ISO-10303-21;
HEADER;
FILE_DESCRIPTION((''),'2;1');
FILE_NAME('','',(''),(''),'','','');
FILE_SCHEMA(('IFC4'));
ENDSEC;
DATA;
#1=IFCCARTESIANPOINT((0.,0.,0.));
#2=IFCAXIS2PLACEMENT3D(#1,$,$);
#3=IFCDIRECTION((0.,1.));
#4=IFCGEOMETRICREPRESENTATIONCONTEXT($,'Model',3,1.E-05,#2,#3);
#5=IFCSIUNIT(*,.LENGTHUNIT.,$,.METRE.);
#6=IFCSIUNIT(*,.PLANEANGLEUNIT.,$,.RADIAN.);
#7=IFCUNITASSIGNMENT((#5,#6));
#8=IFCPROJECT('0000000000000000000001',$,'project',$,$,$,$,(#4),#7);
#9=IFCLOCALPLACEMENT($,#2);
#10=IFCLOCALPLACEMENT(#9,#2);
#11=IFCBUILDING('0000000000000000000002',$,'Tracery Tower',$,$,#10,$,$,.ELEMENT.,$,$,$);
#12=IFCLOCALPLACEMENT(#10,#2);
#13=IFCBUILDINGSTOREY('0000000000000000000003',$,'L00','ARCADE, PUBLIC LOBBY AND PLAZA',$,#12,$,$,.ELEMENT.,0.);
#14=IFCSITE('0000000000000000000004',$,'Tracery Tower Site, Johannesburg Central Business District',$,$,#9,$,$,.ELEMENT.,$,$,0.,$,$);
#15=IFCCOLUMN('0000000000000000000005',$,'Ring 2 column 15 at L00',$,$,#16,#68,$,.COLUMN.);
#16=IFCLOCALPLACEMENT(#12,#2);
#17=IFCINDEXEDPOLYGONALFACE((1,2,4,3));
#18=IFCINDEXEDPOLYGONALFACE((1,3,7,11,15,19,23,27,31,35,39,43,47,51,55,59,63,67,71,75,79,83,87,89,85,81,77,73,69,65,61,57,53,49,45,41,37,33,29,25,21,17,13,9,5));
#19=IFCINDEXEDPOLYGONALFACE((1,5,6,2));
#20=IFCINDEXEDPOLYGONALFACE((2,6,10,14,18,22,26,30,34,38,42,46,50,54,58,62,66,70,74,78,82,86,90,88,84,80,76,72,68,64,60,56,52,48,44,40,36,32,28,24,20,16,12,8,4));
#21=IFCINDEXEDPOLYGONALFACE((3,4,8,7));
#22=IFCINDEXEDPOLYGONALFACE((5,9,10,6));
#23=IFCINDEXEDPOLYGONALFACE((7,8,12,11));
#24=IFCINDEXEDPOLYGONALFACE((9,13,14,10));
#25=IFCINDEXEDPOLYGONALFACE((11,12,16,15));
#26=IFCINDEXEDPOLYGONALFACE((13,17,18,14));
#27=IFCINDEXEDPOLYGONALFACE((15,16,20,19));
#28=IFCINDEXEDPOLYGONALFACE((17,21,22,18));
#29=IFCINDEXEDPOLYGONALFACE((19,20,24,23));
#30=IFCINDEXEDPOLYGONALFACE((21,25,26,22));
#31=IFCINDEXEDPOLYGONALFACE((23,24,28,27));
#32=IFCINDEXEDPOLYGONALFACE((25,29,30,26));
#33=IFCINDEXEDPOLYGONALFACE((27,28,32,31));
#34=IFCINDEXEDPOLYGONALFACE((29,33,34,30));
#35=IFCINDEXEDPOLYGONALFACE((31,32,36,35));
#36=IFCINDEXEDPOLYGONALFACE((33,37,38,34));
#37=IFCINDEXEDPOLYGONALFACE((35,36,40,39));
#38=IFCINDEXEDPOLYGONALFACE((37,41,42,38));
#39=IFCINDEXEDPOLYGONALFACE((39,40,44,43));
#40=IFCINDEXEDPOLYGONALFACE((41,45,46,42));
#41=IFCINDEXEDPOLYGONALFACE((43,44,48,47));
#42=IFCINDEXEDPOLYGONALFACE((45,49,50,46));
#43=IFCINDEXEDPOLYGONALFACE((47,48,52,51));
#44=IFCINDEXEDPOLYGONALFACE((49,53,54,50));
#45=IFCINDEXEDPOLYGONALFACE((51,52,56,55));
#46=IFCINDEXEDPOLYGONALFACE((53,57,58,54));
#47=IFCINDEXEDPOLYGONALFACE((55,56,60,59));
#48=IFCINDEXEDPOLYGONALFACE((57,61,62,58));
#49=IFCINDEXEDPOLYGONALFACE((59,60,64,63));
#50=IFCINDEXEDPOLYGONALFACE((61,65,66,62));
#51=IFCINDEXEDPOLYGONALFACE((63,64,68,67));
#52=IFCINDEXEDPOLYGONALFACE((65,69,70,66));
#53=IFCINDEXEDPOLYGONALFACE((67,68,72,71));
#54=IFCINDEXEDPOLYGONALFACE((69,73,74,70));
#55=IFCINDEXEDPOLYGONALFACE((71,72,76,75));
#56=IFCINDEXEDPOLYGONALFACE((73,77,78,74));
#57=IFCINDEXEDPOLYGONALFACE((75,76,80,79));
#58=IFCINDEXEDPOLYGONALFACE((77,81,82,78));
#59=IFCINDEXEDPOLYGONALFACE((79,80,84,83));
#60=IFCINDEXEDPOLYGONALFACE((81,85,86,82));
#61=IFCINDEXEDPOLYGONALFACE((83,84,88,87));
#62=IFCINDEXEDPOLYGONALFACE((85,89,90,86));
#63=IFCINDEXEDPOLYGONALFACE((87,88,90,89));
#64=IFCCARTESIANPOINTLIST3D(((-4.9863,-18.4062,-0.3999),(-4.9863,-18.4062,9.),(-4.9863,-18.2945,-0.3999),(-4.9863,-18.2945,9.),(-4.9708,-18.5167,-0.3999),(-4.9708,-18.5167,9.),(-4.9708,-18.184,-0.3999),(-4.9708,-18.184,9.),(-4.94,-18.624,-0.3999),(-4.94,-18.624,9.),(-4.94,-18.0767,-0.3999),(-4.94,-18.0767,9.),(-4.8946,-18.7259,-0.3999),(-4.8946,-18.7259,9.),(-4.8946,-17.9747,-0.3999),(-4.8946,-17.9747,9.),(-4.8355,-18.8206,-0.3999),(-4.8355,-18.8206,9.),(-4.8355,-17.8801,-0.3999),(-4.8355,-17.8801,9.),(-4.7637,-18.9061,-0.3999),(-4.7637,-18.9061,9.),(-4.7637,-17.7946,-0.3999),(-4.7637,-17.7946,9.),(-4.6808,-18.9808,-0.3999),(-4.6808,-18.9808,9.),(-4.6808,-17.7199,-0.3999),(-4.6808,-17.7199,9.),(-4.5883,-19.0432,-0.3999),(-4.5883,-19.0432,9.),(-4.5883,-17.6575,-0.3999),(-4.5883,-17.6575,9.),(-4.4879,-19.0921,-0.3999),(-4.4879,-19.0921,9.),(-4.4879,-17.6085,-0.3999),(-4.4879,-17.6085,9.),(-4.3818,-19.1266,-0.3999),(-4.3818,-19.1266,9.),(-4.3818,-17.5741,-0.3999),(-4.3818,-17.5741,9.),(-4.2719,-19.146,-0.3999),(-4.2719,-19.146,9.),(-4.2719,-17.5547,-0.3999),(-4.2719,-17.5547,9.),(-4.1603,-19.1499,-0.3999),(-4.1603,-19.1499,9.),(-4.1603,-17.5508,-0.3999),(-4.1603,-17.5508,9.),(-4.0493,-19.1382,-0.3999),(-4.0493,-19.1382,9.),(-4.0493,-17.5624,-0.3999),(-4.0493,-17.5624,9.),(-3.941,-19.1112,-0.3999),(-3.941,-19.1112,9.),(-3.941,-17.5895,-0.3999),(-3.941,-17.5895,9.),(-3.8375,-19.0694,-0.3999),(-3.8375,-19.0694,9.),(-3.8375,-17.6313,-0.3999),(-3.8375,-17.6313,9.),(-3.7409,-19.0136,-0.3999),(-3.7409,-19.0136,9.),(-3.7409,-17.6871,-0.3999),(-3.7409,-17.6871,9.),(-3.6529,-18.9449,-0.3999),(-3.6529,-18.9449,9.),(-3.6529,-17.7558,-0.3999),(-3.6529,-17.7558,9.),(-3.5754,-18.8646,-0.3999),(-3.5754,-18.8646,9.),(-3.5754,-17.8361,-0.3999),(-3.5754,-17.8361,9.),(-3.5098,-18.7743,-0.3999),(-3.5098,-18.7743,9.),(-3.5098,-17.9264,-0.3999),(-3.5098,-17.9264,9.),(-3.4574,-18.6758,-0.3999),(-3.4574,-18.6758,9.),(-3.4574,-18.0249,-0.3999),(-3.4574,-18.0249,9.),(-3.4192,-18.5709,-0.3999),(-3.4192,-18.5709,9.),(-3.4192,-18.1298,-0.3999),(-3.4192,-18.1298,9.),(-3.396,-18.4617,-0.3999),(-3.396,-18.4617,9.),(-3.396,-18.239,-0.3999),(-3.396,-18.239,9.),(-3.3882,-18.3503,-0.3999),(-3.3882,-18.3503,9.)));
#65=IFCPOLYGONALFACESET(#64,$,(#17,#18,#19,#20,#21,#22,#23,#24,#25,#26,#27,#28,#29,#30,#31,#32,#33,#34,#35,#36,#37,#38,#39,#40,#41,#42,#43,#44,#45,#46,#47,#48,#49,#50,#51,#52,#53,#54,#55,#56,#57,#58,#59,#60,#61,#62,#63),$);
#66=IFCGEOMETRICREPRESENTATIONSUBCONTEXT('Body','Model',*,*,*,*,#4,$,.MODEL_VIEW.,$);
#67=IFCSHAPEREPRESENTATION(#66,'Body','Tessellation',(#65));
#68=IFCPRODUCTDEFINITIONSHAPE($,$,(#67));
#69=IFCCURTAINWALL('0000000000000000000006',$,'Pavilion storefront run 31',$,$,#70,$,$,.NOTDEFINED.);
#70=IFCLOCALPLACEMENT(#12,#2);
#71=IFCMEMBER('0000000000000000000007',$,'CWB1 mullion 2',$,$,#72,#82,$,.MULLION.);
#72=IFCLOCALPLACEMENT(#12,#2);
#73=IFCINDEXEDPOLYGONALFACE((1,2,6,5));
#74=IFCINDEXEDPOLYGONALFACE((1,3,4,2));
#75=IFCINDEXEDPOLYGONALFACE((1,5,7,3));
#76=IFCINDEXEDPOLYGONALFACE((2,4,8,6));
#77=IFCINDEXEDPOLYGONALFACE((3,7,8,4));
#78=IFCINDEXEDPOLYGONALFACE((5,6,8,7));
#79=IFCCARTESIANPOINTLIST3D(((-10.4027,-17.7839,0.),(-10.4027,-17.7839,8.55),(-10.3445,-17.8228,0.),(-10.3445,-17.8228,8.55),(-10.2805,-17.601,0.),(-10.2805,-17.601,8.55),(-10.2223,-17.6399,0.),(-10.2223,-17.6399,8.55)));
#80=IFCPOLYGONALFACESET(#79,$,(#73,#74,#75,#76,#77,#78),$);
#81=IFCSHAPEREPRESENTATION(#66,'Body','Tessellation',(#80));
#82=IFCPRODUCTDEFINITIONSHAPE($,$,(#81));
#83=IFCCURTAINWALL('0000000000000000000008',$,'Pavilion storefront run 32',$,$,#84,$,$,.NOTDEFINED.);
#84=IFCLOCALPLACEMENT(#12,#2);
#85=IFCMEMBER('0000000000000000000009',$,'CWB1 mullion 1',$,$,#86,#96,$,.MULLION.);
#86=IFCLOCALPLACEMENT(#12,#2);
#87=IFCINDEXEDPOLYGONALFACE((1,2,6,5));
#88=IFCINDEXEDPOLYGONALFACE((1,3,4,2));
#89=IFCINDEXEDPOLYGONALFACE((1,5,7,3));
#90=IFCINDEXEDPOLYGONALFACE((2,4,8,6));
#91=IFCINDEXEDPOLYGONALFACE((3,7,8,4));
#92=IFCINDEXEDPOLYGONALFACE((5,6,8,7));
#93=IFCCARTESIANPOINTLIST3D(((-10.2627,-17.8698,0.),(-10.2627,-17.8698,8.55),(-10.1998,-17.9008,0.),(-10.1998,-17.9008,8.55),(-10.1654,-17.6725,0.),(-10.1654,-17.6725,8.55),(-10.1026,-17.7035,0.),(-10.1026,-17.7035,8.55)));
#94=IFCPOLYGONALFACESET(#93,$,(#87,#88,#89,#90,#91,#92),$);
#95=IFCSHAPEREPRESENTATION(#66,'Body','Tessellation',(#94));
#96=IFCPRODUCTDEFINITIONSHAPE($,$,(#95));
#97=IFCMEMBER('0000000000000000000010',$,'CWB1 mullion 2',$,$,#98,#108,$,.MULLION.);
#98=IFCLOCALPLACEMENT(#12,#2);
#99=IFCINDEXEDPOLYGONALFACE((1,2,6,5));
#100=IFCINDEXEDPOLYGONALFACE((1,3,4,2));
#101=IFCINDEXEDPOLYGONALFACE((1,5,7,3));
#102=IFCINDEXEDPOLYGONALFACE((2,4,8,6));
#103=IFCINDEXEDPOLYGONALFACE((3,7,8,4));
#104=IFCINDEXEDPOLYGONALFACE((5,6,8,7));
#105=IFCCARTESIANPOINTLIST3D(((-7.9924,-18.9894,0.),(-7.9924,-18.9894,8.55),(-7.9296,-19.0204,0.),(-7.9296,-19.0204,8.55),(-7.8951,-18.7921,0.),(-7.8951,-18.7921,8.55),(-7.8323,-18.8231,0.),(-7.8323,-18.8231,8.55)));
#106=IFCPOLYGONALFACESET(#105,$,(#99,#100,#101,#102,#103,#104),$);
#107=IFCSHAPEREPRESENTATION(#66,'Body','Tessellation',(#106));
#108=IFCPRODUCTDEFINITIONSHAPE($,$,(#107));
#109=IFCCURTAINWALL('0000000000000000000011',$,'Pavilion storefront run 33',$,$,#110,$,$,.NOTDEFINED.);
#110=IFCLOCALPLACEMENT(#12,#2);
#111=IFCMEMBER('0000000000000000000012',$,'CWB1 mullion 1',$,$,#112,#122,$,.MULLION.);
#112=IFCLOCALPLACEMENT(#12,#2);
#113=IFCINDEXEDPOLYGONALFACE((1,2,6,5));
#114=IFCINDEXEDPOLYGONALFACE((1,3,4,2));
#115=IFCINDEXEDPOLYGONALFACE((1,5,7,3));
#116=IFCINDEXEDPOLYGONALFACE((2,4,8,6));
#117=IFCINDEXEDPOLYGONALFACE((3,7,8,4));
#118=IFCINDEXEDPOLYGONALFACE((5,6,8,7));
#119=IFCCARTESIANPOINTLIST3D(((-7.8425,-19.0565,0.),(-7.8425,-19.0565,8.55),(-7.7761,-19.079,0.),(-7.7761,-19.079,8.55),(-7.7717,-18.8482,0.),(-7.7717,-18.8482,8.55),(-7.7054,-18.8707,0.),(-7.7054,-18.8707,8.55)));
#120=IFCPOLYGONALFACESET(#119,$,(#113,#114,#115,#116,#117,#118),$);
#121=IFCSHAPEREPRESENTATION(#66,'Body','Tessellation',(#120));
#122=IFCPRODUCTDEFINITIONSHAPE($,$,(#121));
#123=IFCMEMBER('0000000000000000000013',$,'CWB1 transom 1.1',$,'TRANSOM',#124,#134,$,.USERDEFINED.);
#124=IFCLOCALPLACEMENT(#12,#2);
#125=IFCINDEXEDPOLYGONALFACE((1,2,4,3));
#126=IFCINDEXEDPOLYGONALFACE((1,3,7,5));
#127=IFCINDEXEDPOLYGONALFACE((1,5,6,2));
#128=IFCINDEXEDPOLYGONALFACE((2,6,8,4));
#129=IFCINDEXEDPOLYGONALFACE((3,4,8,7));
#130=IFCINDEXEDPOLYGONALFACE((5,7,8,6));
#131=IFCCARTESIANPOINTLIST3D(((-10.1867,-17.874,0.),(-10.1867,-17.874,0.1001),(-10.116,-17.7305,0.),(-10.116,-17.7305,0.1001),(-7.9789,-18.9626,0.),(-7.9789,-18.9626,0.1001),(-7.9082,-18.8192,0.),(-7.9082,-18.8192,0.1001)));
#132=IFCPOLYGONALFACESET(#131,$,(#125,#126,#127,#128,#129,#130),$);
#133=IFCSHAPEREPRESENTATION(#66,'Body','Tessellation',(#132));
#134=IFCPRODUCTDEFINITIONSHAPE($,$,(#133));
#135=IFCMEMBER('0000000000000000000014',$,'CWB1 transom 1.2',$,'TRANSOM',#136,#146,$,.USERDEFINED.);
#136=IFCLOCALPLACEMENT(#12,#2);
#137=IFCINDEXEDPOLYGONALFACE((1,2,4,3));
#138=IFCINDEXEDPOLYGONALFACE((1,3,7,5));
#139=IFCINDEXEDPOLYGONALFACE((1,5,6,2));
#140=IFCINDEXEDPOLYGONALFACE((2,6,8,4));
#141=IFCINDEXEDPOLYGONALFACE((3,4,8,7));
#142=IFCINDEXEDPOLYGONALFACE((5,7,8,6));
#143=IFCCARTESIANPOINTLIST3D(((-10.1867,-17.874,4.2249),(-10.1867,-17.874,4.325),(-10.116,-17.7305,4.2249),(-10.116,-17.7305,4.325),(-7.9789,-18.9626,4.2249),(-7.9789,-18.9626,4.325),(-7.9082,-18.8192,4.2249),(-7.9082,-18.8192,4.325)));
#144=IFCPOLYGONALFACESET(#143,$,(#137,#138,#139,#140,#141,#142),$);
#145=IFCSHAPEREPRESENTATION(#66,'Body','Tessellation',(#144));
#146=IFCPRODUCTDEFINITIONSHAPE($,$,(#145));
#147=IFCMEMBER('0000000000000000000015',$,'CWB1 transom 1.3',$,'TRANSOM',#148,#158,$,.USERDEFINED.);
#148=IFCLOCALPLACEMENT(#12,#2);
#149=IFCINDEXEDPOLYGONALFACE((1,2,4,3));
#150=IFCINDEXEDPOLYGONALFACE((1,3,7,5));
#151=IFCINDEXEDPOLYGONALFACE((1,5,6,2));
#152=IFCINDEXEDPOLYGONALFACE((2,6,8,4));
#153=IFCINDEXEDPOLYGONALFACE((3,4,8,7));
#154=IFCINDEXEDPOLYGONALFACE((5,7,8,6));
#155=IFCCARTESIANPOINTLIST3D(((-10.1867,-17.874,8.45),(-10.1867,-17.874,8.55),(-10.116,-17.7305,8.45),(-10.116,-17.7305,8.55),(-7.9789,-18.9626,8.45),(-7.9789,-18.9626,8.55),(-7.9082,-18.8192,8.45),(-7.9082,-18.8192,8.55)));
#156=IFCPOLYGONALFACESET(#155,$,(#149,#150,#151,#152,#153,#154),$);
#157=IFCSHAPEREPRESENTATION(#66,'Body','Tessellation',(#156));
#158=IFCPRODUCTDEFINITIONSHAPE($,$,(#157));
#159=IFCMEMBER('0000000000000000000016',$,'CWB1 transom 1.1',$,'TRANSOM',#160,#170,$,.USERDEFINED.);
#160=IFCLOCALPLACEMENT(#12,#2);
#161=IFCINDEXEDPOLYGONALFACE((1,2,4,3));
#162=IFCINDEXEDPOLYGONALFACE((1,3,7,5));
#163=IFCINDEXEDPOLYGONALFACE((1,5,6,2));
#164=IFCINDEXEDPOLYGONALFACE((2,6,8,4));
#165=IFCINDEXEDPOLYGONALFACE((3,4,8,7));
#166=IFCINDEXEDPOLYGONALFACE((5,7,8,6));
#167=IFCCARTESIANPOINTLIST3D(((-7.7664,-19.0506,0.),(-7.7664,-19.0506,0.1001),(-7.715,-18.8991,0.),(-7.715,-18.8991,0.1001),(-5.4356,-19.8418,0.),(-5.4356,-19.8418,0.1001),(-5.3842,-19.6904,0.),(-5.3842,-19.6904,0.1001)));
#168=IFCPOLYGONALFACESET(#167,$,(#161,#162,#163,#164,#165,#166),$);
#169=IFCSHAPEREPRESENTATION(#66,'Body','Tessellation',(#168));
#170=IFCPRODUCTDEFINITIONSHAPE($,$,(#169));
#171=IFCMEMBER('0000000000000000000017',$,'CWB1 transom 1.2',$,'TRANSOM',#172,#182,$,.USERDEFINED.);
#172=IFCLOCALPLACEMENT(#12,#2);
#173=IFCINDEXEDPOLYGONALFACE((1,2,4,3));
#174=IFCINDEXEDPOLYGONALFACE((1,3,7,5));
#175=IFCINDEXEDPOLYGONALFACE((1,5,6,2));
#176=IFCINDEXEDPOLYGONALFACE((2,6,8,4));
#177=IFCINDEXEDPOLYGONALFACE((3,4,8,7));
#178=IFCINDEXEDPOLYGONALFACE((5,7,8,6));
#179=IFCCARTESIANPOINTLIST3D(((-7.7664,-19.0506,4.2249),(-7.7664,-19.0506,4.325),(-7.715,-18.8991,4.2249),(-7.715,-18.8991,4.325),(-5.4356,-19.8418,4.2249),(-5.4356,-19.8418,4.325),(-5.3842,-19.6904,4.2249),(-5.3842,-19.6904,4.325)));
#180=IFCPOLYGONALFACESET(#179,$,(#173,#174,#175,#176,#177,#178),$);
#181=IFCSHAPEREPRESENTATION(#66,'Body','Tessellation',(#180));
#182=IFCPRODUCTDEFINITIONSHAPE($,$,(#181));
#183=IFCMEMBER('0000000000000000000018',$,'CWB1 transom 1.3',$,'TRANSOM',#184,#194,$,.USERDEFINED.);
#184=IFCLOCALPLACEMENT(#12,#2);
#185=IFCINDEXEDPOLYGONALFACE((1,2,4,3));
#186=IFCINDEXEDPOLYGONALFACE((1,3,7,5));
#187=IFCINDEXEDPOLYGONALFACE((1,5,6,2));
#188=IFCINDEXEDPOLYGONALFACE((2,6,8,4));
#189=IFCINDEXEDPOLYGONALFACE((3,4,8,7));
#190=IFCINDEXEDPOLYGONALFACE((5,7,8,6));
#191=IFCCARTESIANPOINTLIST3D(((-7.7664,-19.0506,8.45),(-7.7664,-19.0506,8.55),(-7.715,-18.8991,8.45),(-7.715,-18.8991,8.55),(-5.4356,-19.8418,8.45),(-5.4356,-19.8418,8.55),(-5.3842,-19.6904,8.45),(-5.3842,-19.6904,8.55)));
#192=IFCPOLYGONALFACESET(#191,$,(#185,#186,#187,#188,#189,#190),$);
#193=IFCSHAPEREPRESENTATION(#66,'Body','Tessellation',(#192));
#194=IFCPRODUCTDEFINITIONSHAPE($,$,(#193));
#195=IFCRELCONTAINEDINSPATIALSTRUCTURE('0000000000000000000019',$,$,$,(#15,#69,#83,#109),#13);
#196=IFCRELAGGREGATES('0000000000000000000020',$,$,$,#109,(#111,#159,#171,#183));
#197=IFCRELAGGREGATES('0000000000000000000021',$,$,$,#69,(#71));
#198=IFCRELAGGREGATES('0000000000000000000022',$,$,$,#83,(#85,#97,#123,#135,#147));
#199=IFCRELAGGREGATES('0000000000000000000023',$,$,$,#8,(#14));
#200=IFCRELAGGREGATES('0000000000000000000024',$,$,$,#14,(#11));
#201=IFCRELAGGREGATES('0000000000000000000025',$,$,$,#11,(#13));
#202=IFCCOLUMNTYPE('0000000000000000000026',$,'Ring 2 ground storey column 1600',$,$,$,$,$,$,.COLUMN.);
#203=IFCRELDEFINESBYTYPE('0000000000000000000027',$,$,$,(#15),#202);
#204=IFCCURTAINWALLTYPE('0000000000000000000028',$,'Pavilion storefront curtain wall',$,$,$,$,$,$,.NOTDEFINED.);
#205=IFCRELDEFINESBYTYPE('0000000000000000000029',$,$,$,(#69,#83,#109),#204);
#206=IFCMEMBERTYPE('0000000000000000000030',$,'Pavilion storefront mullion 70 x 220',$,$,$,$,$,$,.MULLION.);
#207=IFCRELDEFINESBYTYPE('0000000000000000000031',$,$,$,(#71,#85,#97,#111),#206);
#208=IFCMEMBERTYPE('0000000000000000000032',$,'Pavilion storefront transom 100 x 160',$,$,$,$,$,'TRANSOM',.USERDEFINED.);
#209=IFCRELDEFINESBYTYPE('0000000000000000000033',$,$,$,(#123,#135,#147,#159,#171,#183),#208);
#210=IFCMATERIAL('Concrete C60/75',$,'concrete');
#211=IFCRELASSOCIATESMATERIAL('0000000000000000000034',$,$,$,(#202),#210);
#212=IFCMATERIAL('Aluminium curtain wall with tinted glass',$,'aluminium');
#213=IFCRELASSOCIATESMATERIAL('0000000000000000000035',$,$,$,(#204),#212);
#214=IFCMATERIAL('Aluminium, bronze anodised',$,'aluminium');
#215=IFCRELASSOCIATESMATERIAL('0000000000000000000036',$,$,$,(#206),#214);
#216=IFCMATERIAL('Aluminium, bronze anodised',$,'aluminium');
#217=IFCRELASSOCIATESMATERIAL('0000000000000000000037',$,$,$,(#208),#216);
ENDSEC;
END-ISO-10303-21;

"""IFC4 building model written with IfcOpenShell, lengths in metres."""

from ifc_helpers import new_model, si_unit, direction, frame, origin, origin_2d, place, context, subcontext, project, spatial, rectangle, circle, extrude, material, material_profile, profile_set, type_object, element, aggregate, save


model = new_model("IFC4")

# Units and contexts
model_context = context("Model", 3, precision=1e-05, world=origin(), true_north=direction((0.0, 1.0)))
body_context = subcontext(model_context, "Body", "Model", "MODEL_VIEW")
ifc_project = project(units=[si_unit("LENGTHUNIT", "METRE"), si_unit("PLANEANGLEUNIT", "RADIAN")], contexts=[model_context])

# Site, building, storey
site_placement = place(None, origin())
site = spatial("IfcSite", under=ifc_project, at=site_placement, Name="Tracery Tower Site, Johannesburg Central Business District", CompositionType="ELEMENT", RefElevation=0.0)
building_placement = place(site_placement, origin())
building = spatial("IfcBuilding", under=site, at=building_placement, Name="Tracery Tower", CompositionType="ELEMENT")
storey_placement = place(building_placement, origin())
storey = spatial("IfcBuildingStorey", under=building, at=storey_placement, Name="L00", Description="ARCADE, PUBLIC LOBBY AND PLAZA", CompositionType="ELEMENT", Elevation=0.0)

# Column
ifc_material_1 = material(Name="Concrete C60/75", Category="concrete")
ifc_material_profile_1 = material_profile(ifc_material_1, circle(Radius=0.8, at=origin_2d()), Name="RC D1600")
ifc_profile_set_1 = profile_set([ifc_material_profile_1], Name="Concrete C60/75")
column_type = type_object("IfcColumnType", Name="Ring 2 ground storey column 1600", PredefinedType="COLUMN", material=ifc_profile_set_1)
for number, where, z_axis, x_axis, name in (
    (1, (-4.1882, -18.3503, -0.3999), (0.0, 0.0, 1.0), (1.0, 0.0, 0.0), "Ring 2 column 15 at L00"),
):
    element("IfcColumn", number, at=place(storey_placement, frame(where, z_axis=z_axis, x_axis=x_axis)), inside=storey, type_object=column_type, Name=name, PredefinedType="COLUMN", context=body_context, shape_type="SweptSolid", body=[
        extrude(circle(Radius=0.8, at=origin_2d()), origin(), (0.0, 0.0, 1.0), 9.3999),
    ])

# Curtain wall, member
ifc_material_2 = material(Name="Aluminium curtain wall with tinted glass", Category="aluminium")
curtain_wall_type = type_object("IfcCurtainWallType", Name="Pavilion storefront curtain wall", PredefinedType="NOTDEFINED", material=ifc_material_2)
curtain_wall_1_placement = place(storey_placement, origin())
curtain_wall_1 = element("IfcCurtainWall", 2, at=curtain_wall_1_placement, inside=storey, type_object=curtain_wall_type, Name="Pavilion storefront run 31", PredefinedType="NOTDEFINED")
ifc_material_3 = material(Name="Aluminium, bronze anodised", Category="aluminium")
ifc_material_profile_2 = material_profile(ifc_material_3, rectangle(XDim=0.22, YDim=0.0701, at=origin_2d()), Name="Pavilion storefront mullion 70 x 220")
ifc_profile_set_2 = profile_set([ifc_material_profile_2], Name="Aluminium, bronze anodised")
member_type_1 = type_object("IfcMemberType", Name="Pavilion storefront mullion 70 x 220", PredefinedType="MULLION", material=ifc_profile_set_2)
member_1_placement = place(storey_placement, frame((-10.3125, -17.7119, 0.0), z_axis=(0.0, 0.0, 1.0), x_axis=(0.55556, 0.831476, 0.0)))
member_1 = element("IfcMember", 3, at=member_1_placement, type_object=member_type_1, Name="CWB1 mullion 2", PredefinedType="MULLION", context=body_context, shape_type="SweptSolid", body=[
    extrude(rectangle(XDim=0.22, YDim=0.0701, at=origin_2d()), origin(), (0.0, 0.0, 1.0), 8.55),
])

# Curtain wall, members
curtain_wall_2_placement = place(storey_placement, origin())
curtain_wall_2 = element("IfcCurtainWall", 4, at=curtain_wall_2_placement, inside=storey, type_object=curtain_wall_type, Name="Pavilion storefront run 32", PredefinedType="NOTDEFINED")
member_2_placement = place(storey_placement, frame((-10.1826, -17.7866, 0.0), z_axis=(0.0, 0.0, 1.0), x_axis=(0.442287, 0.896874, 0.0)))
member_2 = element("IfcMember", 5, at=member_2_placement, type_object=member_type_1, Name="CWB1 mullion 1", PredefinedType="MULLION", context=body_context, shape_type="SweptSolid", body=[
    extrude(rectangle(XDim=0.22, YDim=0.0701, at=origin_2d()), origin(), (0.0, 0.0, 1.0), 8.55),
])
member_3_placement = place(storey_placement, frame((-7.9124, -18.9062, 0.0), z_axis=(0.0, 0.0, 1.0), x_axis=(0.442287, 0.896874, 0.0)))
member_3 = element("IfcMember", 6, at=member_3_placement, type_object=member_type_1, Name="CWB1 mullion 2", PredefinedType="MULLION", context=body_context, shape_type="SweptSolid", body=[
    extrude(rectangle(XDim=0.22, YDim=0.0701, at=origin_2d()), origin(), (0.0, 0.0, 1.0), 8.55),
])

# Curtain wall, member
curtain_wall_3_placement = place(storey_placement, origin())
curtain_wall_3 = element("IfcCurtainWall", 7, at=curtain_wall_3_placement, inside=storey, type_object=curtain_wall_type, Name="Pavilion storefront run 33", PredefinedType="NOTDEFINED")
member_4_placement = place(storey_placement, frame((-7.7739, -18.9636, 0.0), z_axis=(0.0, 0.0, 1.0), x_axis=(0.321435, 0.946931, 0.0)))
member_4 = element("IfcMember", 8, at=member_4_placement, type_object=member_type_1, Name="CWB1 mullion 1", PredefinedType="MULLION", context=body_context, shape_type="SweptSolid", body=[
    extrude(rectangle(XDim=0.22, YDim=0.0701, at=origin_2d()), origin(), (0.0, 0.0, 1.0), 8.55),
])

# Members
ifc_material_4 = material(Name="Aluminium, bronze anodised", Category="aluminium")
ifc_material_profile_3 = material_profile(ifc_material_4, rectangle(XDim=0.1599, YDim=0.1001, at=origin_2d()), Name="Pavilion storefront transom 100 x 160")
ifc_profile_set_3 = profile_set([ifc_material_profile_3], Name="Aluminium, bronze anodised")
member_type_2 = type_object("IfcMemberType", Name="Pavilion storefront transom 100 x 160", ElementType="TRANSOM", PredefinedType="USERDEFINED", material=ifc_profile_set_3)
member_5_placement = place(storey_placement, frame((-10.1514, -17.8022, 0.05), z_axis=(0.896893, -0.442248, 0.0), x_axis=(0.442248, 0.896893, 0.0)))
member_5 = element("IfcMember", 9, at=member_5_placement, type_object=member_type_2, Name="CWB1 transom 1.1", ObjectType="TRANSOM", PredefinedType="USERDEFINED", context=body_context, shape_type="SweptSolid", body=[
    extrude(rectangle(XDim=0.1599, YDim=0.1001, at=origin_2d()), origin(), (0.0, 0.0, 1.0), 2.4617),
])
member_6_placement = place(storey_placement, frame((-10.1514, -17.8022, 4.2749), z_axis=(0.896893, -0.442248, 0.0), x_axis=(0.442248, 0.896893, 0.0)))
member_6 = element("IfcMember", 10, at=member_6_placement, type_object=member_type_2, Name="CWB1 transom 1.2", ObjectType="TRANSOM", PredefinedType="USERDEFINED", context=body_context, shape_type="SweptSolid", body=[
    extrude(rectangle(XDim=0.1599, YDim=0.1001, at=origin_2d()), origin(), (0.0, 0.0, 1.0), 2.4617),
])
member_7_placement = place(storey_placement, frame((-10.1514, -17.8022, 8.5), z_axis=(0.896893, -0.442248, 0.0), x_axis=(0.442248, 0.896893, 0.0)))
member_7 = element("IfcMember", 11, at=member_7_placement, type_object=member_type_2, Name="CWB1 transom 1.3", ObjectType="TRANSOM", PredefinedType="USERDEFINED", context=body_context, shape_type="SweptSolid", body=[
    extrude(rectangle(XDim=0.1599, YDim=0.1001, at=origin_2d()), origin(), (0.0, 0.0, 1.0), 2.4617),
])
member_8_placement = place(storey_placement, frame((-7.7407, -18.9749, 0.05), z_axis=(0.946923, -0.32146, 0.0), x_axis=(0.32146, 0.946923, 0.0)))
member_8 = element("IfcMember", 12, at=member_8_placement, type_object=member_type_2, Name="CWB1 transom 1.1", ObjectType="TRANSOM", PredefinedType="USERDEFINED", context=body_context, shape_type="SweptSolid", body=[
    extrude(rectangle(XDim=0.1599, YDim=0.1001, at=origin_2d()), origin(), (0.0, 0.0, 1.0), 2.4614),
])
member_9_placement = place(storey_placement, frame((-7.7407, -18.9749, 4.2749), z_axis=(0.946923, -0.32146, 0.0), x_axis=(0.32146, 0.946923, 0.0)))
member_9 = element("IfcMember", 13, at=member_9_placement, type_object=member_type_2, Name="CWB1 transom 1.2", ObjectType="TRANSOM", PredefinedType="USERDEFINED", context=body_context, shape_type="SweptSolid", body=[
    extrude(rectangle(XDim=0.1599, YDim=0.1001, at=origin_2d()), origin(), (0.0, 0.0, 1.0), 2.4614),
])
member_10_placement = place(storey_placement, frame((-7.7407, -18.9749, 8.5), z_axis=(0.946923, -0.32146, 0.0), x_axis=(0.32146, 0.946923, 0.0)))
member_10 = element("IfcMember", 14, at=member_10_placement, type_object=member_type_2, Name="CWB1 transom 1.3", ObjectType="TRANSOM", PredefinedType="USERDEFINED", context=body_context, shape_type="SweptSolid", body=[
    extrude(rectangle(XDim=0.1599, YDim=0.1001, at=origin_2d()), origin(), (0.0, 0.0, 1.0), 2.4614),
])
aggregate(curtain_wall_3, [member_4, member_8, member_9, member_10])

aggregate(curtain_wall_1, [member_1])
aggregate(curtain_wall_2, [member_2, member_3, member_5, member_6, member_7])

save(model, "model.ifc")
